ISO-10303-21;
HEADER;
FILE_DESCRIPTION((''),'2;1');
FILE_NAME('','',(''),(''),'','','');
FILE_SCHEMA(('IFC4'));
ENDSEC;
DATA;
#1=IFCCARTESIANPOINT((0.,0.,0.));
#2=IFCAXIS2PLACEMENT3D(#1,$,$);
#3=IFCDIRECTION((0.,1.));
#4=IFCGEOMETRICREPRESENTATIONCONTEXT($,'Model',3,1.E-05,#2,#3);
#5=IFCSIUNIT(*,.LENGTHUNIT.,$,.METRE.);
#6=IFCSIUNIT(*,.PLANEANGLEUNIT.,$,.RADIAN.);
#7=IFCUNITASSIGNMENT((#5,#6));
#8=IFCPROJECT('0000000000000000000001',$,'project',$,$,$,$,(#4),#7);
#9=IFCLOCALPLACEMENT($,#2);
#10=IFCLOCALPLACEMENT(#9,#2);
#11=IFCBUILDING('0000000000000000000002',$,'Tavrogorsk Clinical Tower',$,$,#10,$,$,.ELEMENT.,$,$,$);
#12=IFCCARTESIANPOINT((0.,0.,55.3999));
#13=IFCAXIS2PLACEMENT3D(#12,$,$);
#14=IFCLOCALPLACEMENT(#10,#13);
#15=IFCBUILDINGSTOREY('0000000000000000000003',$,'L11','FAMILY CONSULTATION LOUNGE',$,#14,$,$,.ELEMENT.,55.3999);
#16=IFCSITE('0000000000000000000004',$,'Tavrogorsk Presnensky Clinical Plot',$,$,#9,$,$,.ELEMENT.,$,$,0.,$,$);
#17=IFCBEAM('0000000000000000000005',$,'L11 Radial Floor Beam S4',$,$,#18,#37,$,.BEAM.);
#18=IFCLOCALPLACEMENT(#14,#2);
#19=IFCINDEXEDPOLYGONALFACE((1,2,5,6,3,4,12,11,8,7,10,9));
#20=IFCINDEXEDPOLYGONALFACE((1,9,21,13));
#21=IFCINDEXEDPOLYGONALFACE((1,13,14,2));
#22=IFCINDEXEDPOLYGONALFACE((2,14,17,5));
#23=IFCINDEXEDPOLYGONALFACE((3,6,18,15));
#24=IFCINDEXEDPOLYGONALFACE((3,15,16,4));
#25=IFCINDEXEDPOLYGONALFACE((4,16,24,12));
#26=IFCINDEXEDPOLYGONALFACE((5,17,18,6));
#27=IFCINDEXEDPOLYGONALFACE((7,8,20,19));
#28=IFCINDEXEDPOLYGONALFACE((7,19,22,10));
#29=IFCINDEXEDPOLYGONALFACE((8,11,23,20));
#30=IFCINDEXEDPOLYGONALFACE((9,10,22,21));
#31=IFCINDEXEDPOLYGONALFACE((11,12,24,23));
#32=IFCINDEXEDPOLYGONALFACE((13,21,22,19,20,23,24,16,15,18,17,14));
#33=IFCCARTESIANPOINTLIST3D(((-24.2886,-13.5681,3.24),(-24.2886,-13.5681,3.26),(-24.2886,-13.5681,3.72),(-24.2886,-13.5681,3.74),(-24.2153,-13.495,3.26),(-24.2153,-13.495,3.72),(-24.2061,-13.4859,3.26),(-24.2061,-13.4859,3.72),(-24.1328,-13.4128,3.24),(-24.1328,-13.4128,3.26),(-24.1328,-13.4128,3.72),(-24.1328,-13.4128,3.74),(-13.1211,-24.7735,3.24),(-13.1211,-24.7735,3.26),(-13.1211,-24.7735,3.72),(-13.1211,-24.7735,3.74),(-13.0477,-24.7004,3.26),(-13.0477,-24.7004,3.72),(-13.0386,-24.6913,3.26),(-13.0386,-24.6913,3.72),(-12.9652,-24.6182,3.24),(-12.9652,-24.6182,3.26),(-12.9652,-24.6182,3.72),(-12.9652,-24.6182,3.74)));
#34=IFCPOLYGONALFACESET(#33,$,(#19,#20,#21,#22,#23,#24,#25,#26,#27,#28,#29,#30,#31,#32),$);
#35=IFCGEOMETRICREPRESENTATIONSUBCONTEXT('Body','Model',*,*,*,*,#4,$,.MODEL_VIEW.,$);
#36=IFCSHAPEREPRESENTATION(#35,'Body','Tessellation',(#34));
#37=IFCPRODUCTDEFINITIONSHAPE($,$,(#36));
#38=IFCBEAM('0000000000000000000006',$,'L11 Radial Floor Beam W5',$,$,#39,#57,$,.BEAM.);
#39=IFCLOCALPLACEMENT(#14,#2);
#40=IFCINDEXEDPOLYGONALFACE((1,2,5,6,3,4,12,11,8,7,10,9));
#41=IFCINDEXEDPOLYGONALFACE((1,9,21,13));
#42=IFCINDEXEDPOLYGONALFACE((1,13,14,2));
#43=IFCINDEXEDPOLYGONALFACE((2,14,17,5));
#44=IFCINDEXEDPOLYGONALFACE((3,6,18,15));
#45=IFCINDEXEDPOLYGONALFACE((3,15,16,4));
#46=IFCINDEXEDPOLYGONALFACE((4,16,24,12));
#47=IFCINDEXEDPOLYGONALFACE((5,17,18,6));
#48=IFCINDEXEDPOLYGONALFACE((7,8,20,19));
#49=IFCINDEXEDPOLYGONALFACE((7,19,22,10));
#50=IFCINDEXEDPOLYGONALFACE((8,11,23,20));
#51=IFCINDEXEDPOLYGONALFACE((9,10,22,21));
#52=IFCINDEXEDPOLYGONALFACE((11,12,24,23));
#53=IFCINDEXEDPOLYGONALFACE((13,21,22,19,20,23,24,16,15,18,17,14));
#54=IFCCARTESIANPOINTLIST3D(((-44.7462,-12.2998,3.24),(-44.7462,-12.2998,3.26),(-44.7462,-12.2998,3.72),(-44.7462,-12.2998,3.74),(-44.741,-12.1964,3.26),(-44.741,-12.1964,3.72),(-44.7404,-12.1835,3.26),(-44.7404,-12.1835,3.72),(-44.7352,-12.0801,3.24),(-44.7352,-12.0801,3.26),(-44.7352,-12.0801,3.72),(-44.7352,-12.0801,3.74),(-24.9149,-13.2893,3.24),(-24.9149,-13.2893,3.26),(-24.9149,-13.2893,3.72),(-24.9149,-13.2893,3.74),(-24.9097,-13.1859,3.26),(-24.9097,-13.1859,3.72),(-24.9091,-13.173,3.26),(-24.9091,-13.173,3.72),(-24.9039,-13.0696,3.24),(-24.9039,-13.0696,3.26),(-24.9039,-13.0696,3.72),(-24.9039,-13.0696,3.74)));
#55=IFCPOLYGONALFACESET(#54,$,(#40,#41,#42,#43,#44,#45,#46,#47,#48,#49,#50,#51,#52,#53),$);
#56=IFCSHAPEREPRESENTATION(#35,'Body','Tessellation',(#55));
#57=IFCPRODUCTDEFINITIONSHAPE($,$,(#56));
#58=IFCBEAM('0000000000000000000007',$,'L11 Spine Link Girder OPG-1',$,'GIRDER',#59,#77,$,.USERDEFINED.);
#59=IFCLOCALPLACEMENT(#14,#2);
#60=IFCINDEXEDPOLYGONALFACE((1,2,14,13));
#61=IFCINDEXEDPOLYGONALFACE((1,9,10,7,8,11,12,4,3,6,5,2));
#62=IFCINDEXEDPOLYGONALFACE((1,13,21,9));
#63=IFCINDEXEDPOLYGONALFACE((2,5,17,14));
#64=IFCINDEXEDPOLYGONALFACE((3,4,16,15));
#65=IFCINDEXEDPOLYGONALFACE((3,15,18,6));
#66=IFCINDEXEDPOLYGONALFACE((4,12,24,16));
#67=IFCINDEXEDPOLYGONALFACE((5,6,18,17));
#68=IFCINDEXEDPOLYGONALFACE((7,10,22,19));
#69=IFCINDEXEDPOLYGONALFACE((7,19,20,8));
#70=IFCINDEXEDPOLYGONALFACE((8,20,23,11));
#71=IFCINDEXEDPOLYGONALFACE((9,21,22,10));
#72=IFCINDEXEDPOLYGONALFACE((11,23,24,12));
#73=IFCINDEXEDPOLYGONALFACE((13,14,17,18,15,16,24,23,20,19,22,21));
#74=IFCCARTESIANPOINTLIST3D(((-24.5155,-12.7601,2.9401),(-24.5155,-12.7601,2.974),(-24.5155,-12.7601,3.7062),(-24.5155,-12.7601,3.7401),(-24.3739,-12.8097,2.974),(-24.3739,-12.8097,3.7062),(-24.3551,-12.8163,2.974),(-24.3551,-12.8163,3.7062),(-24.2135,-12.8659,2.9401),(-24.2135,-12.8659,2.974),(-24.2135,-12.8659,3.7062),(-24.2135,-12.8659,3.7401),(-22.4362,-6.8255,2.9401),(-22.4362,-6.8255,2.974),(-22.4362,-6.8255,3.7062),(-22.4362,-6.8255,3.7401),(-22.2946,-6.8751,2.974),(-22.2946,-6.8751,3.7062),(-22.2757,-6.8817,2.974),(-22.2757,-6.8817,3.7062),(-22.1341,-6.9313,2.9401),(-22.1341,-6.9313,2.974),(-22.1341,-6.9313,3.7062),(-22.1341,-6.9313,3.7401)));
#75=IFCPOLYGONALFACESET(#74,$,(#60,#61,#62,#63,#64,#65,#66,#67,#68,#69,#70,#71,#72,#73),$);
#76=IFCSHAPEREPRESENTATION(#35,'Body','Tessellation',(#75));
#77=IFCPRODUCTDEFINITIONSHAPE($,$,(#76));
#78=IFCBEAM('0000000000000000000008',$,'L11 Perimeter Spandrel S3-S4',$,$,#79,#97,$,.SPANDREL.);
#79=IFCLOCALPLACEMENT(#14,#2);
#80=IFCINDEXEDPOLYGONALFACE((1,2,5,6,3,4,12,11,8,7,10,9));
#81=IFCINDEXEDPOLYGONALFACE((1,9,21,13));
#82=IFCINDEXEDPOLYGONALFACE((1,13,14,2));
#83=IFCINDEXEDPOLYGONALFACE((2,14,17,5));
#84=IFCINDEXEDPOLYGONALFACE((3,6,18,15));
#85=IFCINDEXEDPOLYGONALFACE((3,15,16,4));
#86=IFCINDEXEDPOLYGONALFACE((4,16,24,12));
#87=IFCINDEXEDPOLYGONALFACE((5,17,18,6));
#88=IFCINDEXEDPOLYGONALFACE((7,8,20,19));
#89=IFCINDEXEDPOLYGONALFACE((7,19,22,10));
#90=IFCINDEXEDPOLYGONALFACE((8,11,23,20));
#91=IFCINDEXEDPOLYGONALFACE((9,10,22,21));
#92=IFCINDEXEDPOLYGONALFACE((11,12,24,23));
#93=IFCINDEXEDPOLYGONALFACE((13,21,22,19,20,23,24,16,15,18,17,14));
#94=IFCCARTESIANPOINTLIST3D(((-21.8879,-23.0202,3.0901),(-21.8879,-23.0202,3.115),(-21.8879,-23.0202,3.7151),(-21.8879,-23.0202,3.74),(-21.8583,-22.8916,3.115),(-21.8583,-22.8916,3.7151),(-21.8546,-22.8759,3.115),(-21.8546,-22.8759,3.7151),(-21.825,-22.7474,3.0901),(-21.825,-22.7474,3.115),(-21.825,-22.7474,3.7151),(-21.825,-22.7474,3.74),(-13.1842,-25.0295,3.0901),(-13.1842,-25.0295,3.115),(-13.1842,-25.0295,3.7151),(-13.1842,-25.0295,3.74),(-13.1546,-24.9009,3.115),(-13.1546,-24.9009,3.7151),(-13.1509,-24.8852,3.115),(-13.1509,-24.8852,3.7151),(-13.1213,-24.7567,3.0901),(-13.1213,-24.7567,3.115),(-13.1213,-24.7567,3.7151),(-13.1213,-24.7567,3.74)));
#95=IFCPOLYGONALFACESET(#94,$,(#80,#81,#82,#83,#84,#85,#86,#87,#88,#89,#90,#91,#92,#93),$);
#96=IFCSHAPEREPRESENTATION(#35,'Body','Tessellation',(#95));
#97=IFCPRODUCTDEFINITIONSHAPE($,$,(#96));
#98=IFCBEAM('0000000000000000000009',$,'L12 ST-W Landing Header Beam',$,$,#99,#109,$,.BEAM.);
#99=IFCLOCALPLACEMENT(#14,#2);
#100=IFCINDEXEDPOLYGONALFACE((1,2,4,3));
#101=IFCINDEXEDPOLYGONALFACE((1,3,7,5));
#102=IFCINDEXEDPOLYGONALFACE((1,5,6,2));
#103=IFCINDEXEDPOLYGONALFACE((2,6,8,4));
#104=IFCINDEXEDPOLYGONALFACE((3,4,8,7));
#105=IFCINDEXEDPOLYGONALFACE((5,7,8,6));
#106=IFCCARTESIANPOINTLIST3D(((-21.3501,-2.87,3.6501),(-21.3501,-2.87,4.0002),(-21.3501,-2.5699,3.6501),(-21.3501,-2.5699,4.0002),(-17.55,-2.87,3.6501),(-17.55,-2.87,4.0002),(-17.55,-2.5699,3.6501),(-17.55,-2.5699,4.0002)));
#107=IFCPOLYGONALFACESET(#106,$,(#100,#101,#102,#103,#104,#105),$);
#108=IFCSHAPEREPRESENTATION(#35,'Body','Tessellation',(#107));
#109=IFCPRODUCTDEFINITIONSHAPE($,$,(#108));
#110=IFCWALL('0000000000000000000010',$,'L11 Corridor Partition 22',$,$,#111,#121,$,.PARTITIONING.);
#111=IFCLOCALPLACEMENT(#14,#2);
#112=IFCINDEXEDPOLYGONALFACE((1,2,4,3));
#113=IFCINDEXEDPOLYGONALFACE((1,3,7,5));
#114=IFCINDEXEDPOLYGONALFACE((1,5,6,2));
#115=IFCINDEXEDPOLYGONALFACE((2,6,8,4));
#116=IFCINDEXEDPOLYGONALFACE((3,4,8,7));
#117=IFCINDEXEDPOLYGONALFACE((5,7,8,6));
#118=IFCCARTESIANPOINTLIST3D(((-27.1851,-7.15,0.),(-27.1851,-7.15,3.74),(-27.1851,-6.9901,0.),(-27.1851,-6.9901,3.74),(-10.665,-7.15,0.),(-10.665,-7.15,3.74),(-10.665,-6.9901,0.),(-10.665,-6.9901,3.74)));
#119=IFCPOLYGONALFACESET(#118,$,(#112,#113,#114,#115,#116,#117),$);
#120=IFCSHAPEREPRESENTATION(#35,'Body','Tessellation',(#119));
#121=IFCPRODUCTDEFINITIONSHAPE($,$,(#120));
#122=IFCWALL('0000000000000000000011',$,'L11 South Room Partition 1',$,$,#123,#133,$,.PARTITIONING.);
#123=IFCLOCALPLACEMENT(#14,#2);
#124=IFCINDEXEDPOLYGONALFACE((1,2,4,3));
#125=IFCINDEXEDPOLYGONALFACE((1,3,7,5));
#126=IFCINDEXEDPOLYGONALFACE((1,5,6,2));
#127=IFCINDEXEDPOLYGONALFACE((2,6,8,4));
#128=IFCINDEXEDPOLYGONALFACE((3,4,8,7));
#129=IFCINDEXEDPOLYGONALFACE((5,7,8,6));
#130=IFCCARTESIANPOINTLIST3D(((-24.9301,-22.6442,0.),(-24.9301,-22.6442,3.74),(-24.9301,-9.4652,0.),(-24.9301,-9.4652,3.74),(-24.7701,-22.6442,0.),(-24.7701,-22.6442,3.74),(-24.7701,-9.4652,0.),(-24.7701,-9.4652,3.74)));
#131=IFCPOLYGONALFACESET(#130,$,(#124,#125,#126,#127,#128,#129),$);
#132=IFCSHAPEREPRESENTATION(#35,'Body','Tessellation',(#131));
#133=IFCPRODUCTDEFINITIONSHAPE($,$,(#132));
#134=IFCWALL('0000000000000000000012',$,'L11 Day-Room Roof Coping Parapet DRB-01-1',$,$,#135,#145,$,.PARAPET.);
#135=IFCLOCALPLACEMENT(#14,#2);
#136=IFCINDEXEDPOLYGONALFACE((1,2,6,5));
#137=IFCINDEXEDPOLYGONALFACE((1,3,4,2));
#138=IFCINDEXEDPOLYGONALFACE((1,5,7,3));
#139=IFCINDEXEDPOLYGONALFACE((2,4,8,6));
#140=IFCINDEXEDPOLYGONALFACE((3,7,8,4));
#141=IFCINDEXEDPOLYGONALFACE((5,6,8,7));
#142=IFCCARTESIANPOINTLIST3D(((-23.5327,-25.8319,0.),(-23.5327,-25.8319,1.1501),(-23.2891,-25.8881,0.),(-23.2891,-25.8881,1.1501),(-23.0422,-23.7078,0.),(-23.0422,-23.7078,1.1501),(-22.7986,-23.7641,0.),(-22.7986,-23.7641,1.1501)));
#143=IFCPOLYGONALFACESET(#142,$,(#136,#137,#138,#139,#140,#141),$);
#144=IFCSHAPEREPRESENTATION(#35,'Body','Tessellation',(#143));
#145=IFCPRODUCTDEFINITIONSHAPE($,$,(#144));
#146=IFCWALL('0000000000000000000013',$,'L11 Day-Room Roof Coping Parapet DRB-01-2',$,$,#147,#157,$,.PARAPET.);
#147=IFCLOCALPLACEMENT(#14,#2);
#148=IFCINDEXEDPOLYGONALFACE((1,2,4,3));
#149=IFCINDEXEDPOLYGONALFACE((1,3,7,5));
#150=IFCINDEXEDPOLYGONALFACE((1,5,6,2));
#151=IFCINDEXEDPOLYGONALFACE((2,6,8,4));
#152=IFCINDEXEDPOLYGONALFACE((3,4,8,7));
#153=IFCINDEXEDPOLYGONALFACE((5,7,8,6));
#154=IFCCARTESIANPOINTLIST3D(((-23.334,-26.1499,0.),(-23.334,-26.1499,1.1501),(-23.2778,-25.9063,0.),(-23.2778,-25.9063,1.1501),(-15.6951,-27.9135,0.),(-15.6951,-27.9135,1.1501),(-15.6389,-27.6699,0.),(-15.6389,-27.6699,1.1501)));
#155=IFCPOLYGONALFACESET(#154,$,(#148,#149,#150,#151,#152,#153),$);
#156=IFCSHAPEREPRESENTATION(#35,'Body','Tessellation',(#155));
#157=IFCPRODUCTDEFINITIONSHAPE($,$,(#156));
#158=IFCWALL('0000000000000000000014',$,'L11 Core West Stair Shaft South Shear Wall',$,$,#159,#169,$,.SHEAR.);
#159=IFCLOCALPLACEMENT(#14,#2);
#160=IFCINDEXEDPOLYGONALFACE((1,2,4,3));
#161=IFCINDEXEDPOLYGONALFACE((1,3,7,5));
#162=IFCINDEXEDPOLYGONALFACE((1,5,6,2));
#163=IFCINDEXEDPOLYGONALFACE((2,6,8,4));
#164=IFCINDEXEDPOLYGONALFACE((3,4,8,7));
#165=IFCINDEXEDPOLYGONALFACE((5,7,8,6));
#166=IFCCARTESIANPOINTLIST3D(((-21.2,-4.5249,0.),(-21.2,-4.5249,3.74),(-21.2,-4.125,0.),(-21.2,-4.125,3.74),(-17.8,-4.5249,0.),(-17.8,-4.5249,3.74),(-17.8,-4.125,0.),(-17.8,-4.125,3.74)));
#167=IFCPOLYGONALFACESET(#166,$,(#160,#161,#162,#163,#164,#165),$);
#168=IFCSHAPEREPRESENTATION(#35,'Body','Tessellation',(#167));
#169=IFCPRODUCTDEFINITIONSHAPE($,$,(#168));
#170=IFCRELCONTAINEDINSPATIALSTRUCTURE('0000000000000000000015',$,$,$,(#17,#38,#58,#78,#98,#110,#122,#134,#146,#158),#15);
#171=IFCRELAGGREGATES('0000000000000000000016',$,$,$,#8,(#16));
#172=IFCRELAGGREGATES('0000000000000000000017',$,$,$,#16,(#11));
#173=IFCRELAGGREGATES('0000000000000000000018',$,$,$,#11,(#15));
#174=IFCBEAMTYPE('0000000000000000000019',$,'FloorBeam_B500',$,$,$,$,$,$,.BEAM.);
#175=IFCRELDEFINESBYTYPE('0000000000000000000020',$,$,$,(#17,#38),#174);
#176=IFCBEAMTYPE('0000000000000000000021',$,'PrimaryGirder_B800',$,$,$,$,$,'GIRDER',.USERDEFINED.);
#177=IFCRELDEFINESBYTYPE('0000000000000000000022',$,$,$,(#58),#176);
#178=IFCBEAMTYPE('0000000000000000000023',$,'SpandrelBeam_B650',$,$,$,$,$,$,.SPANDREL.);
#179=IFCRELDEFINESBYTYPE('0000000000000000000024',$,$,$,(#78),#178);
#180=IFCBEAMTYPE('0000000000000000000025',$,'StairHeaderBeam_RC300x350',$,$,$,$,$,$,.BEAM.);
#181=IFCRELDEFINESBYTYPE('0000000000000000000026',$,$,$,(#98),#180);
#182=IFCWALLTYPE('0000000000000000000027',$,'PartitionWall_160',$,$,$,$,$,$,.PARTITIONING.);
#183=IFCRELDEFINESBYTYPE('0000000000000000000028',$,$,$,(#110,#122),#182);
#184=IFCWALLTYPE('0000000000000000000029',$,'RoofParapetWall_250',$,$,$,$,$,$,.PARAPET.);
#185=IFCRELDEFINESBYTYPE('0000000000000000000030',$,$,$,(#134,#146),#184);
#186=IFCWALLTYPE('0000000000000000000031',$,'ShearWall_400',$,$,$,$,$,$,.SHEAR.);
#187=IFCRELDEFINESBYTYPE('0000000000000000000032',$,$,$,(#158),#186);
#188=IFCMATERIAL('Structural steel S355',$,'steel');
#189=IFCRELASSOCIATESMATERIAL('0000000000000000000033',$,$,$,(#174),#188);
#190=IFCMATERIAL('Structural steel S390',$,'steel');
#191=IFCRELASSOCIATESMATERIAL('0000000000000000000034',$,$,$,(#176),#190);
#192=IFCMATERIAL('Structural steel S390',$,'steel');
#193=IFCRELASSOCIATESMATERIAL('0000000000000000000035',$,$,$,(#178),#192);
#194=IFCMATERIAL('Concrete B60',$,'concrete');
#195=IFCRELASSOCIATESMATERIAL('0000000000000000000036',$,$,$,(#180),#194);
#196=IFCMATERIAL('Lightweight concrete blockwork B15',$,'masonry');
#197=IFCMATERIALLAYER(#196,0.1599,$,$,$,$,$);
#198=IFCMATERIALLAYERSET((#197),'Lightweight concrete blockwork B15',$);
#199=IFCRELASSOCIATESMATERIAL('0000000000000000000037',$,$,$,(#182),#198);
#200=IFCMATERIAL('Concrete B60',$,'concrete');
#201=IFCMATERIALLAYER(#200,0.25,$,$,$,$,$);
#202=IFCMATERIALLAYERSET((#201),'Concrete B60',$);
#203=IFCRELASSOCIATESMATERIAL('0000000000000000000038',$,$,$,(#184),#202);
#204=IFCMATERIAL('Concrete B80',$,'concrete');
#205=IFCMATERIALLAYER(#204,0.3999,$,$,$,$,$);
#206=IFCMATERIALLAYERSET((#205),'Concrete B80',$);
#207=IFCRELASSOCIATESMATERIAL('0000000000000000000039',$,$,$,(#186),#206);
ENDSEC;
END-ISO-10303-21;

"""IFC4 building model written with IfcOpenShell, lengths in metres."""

from ifc_helpers import new_model, si_unit, direction, frame, frame_2d, origin, origin_2d, place, context, subcontext, project, spatial, rectangle, i_section, extrude, material, layer, layer_set, material_profile, profile_set, type_object, element, save


model = new_model("IFC4")

# Units and contexts
model_context = context("Model", 3, precision=1e-05, world=origin(), true_north=direction((0.0, 1.0)))
body_context = subcontext(model_context, "Body", "Model", "MODEL_VIEW")
ifc_project = project(units=[si_unit("LENGTHUNIT", "METRE"), si_unit("PLANEANGLEUNIT", "RADIAN")], contexts=[model_context])

# Site, building, storey
site_placement = place(None, origin())
site = spatial("IfcSite", under=ifc_project, at=site_placement, Name="Tavrogorsk Presnensky Clinical Plot", CompositionType="ELEMENT", RefElevation=0.0)
building_placement = place(site_placement, origin())
building = spatial("IfcBuilding", under=site, at=building_placement, Name="Tavrogorsk Clinical Tower", CompositionType="ELEMENT")
storey_placement = place(building_placement, frame((0.0, 0.0, 55.3999)))
storey = spatial("IfcBuildingStorey", under=building, at=storey_placement, Name="L11", Description="FAMILY CONSULTATION LOUNGE", CompositionType="ELEMENT", Elevation=55.3999)

# Beams
ifc_material_1 = material(Name="Structural steel S355", Category="steel")
ifc_material_profile_1 = material_profile(ifc_material_1, i_section(OverallWidth=0.22, OverallDepth=0.5, WebThickness=0.0129, FlangeThickness=0.02, at=origin_2d()), Name="B-500x220x13x20")
ifc_profile_set_1 = profile_set([ifc_material_profile_1], Name="Structural steel S355")
beam_type_1 = type_object("IfcBeamType", Name="FloorBeam_B500", PredefinedType="BEAM", material=ifc_profile_set_1)
beam_1_placement = place(storey_placement, frame((-24.2107, -13.4905, 3.49), z_axis=(0.70591, -0.708302, 0.0), x_axis=(0.708302, 0.70591, 0.0)))
element("IfcBeam", 1, at=beam_1_placement, inside=storey, type_object=beam_type_1, Name="L11 Radial Floor Beam S4", PredefinedType="BEAM", context=body_context, shape_type="SweptSolid", body=[
    extrude(i_section(OverallWidth=0.22, OverallDepth=0.5, WebThickness=0.0129, FlangeThickness=0.02, at=origin_2d()), origin(), (0.0, 0.0, 1.0), 15.8201),
])
beam_2_placement = place(storey_placement, frame((-24.9094, -13.1794, 3.49), z_axis=(-0.998758, 0.049834, 0.0), x_axis=(-0.049834, -0.998758, 0.0)))
element("IfcBeam", 2, at=beam_2_placement, inside=storey, type_object=beam_type_1, Name="L11 Radial Floor Beam W5", PredefinedType="BEAM", context=body_context, shape_type="SweptSolid", body=[
    extrude(i_section(OverallWidth=0.22, OverallDepth=0.5, WebThickness=0.0129, FlangeThickness=0.02, at=origin_2d()), origin(), (0.0, 0.0, 1.0), 19.856),
])
ifc_material_2 = material(Name="Structural steel S390", Category="steel")
ifc_material_profile_2 = material_profile(ifc_material_2, i_section(OverallWidth=0.3201, OverallDepth=0.8, WebThickness=0.02, FlangeThickness=0.0339, at=origin_2d()), Name="B-800x320x20x34")
ifc_profile_set_2 = profile_set([ifc_material_profile_2], Name="Structural steel S390")
beam_type_2 = type_object("IfcBeamType", Name="PrimaryGirder_B800", ElementType="GIRDER", PredefinedType="USERDEFINED", material=ifc_profile_set_2)
beam_3_placement = place(storey_placement, frame((-24.3645, -12.813, 3.3401), z_axis=(0.330669, 0.943747, 0.0), x_axis=(-0.943747, 0.330669, 0.0)))
element("IfcBeam", 3, at=beam_3_placement, inside=storey, type_object=beam_type_2, Name="L11 Spine Link Girder OPG-1", ObjectType="GIRDER", PredefinedType="USERDEFINED", context=body_context, shape_type="SweptSolid", body=[
    extrude(i_section(OverallWidth=0.3201, OverallDepth=0.8, WebThickness=0.02, FlangeThickness=0.0339, at=origin_2d()), origin(), (0.0, 0.0, 1.0), 6.2883),
])
ifc_material_3 = material(Name="Structural steel S390", Category="steel")
ifc_material_profile_3 = material_profile(ifc_material_3, i_section(OverallWidth=0.28, OverallDepth=0.6499, WebThickness=0.0161, FlangeThickness=0.0249, at=origin_2d()), Name="B-650x280x16x25")
ifc_profile_set_3 = profile_set([ifc_material_profile_3], Name="Structural steel S390")
beam_type_3 = type_object("IfcBeamType", Name="SpandrelBeam_B650", PredefinedType="SPANDREL", material=ifc_profile_set_3)
beam_4_placement = place(storey_placement, frame((-21.8564, -22.8838, 3.415), z_axis=(0.974373, -0.224939, 0.0), x_axis=(0.224939, 0.974373, 0.0)))
element("IfcBeam", 4, at=beam_4_placement, inside=storey, type_object=beam_type_3, Name="L11 Perimeter Spandrel S3-S4", PredefinedType="SPANDREL", context=body_context, shape_type="SweptSolid", body=[
    extrude(i_section(OverallWidth=0.28, OverallDepth=0.6499, WebThickness=0.0161, FlangeThickness=0.0249, at=origin_2d()), origin(), (0.0, 0.0, 1.0), 8.9326),
])
ifc_material_4 = material(Name="Concrete B60", Category="concrete")
ifc_material_profile_4 = material_profile(ifc_material_4, rectangle(XDim=0.3, YDim=0.3501, at=origin_2d()), Name="RC-SHB-300x350")
ifc_profile_set_4 = profile_set([ifc_material_profile_4], Name="Concrete B60")
beam_type_4 = type_object("IfcBeamType", Name="StairHeaderBeam_RC300x350", PredefinedType="BEAM", material=ifc_profile_set_4)
beam_5_placement = place(storey_placement, frame((-21.3501, -2.72, 3.8252), z_axis=(1.0, 0.0, 0.0), x_axis=(0.0, 1.0, 0.0)))
element("IfcBeam", 5, at=beam_5_placement, inside=storey, type_object=beam_type_4, Name="L12 ST-W Landing Header Beam", PredefinedType="BEAM", context=body_context, shape_type="SweptSolid", body=[
    extrude(rectangle(XDim=0.3, YDim=0.3501, at=origin_2d()), origin(), (0.0, 0.0, 1.0), 3.8),
])

# Walls
ifc_material_5 = material(Name="Lightweight concrete blockwork B15", Category="masonry")
ifc_layer_1 = layer(ifc_material_5, 0.1599)
ifc_layer_set_1 = layer_set([ifc_layer_1], Name="Lightweight concrete blockwork B15")
wall_type_1 = type_object("IfcWallType", Name="PartitionWall_160", PredefinedType="PARTITIONING", material=ifc_layer_set_1)
wall_1_placement = place(storey_placement, frame((-27.1851, -7.0701, 0.0), z_axis=(0.0, 0.0, 1.0), x_axis=(1.0, 0.0, 0.0)))
element("IfcWall", 6, at=wall_1_placement, inside=storey, type_object=wall_type_1, Name="L11 Corridor Partition 22", PredefinedType="PARTITIONING", context=body_context, shape_type="SweptSolid", body=[
    extrude(rectangle(XDim=16.52, YDim=0.1599, at=frame_2d((8.26, 0.0))), origin(), (0.0, 0.0, 1.0), 3.74),
])
wall_2_placement = place(storey_placement, frame((-24.8501, -22.644, 0.0), z_axis=(0.0, 0.0, 1.0), x_axis=(0.0, 1.0, 0.0)))
element("IfcWall", 7, at=wall_2_placement, inside=storey, type_object=wall_type_1, Name="L11 South Room Partition 1", PredefinedType="PARTITIONING", context=body_context, shape_type="SweptSolid", body=[
    extrude(rectangle(XDim=13.179, YDim=0.1599, at=frame_2d((6.5894, 0.0))), origin(), (0.0, 0.0, 1.0), 3.74),
])
ifc_material_6 = material(Name="Concrete B60", Category="concrete")
ifc_layer_2 = layer(ifc_material_6, 0.25)
ifc_layer_set_2 = layer_set([ifc_layer_2], Name="Concrete B60")
wall_type_2 = type_object("IfcWallType", Name="RoofParapetWall_250", PredefinedType="PARAPET", material=ifc_layer_set_2)
wall_3_placement = place(storey_placement, frame((-22.9204, -23.7361, 0.0), z_axis=(0.0, 0.0, 1.0), x_axis=(-0.224999, -0.974359, 0.0)))
element("IfcWall", 8, at=wall_3_placement, inside=storey, type_object=wall_type_2, Name="L11 Day-Room Roof Coping Parapet DRB-01-1", PredefinedType="PARAPET", context=body_context, shape_type="SweptSolid", body=[
    extrude(rectangle(XDim=2.1799, YDim=0.25, at=frame_2d((1.0898, 0.0))), origin(), (0.0, 0.0, 1.0), 1.1501),
])
wall_4_placement = place(storey_placement, frame((-23.3059, -26.0281, 0.0), z_axis=(0.0, 0.0, 1.0), x_axis=(0.974368, -0.224962, 0.0)))
element("IfcWall", 9, at=wall_4_placement, inside=storey, type_object=wall_type_2, Name="L11 Day-Room Roof Coping Parapet DRB-01-2", PredefinedType="PARAPET", context=body_context, shape_type="SweptSolid", body=[
    extrude(rectangle(XDim=7.8398, YDim=0.25, at=frame_2d((3.9199, 0.0))), origin(), (0.0, 0.0, 1.0), 1.1501),
])
ifc_material_7 = material(Name="Concrete B80", Category="concrete")
ifc_layer_3 = layer(ifc_material_7, 0.3999)
ifc_layer_set_3 = layer_set([ifc_layer_3], Name="Concrete B80")
wall_type_3 = type_object("IfcWallType", Name="ShearWall_400", PredefinedType="SHEAR", material=ifc_layer_set_3)
wall_5_placement = place(storey_placement, frame((-21.2, -4.325, 0.0), z_axis=(0.0, 0.0, 1.0), x_axis=(1.0, 0.0, 0.0)))
element("IfcWall", 10, at=wall_5_placement, inside=storey, type_object=wall_type_3, Name="L11 Core West Stair Shaft South Shear Wall", PredefinedType="SHEAR", context=body_context, shape_type="SweptSolid", body=[
    extrude(rectangle(XDim=3.3999, YDim=0.3999, at=frame_2d((1.7, 0.0))), origin(), (0.0, 0.0, 1.0), 3.74),
])

save(model, "model.ifc")
